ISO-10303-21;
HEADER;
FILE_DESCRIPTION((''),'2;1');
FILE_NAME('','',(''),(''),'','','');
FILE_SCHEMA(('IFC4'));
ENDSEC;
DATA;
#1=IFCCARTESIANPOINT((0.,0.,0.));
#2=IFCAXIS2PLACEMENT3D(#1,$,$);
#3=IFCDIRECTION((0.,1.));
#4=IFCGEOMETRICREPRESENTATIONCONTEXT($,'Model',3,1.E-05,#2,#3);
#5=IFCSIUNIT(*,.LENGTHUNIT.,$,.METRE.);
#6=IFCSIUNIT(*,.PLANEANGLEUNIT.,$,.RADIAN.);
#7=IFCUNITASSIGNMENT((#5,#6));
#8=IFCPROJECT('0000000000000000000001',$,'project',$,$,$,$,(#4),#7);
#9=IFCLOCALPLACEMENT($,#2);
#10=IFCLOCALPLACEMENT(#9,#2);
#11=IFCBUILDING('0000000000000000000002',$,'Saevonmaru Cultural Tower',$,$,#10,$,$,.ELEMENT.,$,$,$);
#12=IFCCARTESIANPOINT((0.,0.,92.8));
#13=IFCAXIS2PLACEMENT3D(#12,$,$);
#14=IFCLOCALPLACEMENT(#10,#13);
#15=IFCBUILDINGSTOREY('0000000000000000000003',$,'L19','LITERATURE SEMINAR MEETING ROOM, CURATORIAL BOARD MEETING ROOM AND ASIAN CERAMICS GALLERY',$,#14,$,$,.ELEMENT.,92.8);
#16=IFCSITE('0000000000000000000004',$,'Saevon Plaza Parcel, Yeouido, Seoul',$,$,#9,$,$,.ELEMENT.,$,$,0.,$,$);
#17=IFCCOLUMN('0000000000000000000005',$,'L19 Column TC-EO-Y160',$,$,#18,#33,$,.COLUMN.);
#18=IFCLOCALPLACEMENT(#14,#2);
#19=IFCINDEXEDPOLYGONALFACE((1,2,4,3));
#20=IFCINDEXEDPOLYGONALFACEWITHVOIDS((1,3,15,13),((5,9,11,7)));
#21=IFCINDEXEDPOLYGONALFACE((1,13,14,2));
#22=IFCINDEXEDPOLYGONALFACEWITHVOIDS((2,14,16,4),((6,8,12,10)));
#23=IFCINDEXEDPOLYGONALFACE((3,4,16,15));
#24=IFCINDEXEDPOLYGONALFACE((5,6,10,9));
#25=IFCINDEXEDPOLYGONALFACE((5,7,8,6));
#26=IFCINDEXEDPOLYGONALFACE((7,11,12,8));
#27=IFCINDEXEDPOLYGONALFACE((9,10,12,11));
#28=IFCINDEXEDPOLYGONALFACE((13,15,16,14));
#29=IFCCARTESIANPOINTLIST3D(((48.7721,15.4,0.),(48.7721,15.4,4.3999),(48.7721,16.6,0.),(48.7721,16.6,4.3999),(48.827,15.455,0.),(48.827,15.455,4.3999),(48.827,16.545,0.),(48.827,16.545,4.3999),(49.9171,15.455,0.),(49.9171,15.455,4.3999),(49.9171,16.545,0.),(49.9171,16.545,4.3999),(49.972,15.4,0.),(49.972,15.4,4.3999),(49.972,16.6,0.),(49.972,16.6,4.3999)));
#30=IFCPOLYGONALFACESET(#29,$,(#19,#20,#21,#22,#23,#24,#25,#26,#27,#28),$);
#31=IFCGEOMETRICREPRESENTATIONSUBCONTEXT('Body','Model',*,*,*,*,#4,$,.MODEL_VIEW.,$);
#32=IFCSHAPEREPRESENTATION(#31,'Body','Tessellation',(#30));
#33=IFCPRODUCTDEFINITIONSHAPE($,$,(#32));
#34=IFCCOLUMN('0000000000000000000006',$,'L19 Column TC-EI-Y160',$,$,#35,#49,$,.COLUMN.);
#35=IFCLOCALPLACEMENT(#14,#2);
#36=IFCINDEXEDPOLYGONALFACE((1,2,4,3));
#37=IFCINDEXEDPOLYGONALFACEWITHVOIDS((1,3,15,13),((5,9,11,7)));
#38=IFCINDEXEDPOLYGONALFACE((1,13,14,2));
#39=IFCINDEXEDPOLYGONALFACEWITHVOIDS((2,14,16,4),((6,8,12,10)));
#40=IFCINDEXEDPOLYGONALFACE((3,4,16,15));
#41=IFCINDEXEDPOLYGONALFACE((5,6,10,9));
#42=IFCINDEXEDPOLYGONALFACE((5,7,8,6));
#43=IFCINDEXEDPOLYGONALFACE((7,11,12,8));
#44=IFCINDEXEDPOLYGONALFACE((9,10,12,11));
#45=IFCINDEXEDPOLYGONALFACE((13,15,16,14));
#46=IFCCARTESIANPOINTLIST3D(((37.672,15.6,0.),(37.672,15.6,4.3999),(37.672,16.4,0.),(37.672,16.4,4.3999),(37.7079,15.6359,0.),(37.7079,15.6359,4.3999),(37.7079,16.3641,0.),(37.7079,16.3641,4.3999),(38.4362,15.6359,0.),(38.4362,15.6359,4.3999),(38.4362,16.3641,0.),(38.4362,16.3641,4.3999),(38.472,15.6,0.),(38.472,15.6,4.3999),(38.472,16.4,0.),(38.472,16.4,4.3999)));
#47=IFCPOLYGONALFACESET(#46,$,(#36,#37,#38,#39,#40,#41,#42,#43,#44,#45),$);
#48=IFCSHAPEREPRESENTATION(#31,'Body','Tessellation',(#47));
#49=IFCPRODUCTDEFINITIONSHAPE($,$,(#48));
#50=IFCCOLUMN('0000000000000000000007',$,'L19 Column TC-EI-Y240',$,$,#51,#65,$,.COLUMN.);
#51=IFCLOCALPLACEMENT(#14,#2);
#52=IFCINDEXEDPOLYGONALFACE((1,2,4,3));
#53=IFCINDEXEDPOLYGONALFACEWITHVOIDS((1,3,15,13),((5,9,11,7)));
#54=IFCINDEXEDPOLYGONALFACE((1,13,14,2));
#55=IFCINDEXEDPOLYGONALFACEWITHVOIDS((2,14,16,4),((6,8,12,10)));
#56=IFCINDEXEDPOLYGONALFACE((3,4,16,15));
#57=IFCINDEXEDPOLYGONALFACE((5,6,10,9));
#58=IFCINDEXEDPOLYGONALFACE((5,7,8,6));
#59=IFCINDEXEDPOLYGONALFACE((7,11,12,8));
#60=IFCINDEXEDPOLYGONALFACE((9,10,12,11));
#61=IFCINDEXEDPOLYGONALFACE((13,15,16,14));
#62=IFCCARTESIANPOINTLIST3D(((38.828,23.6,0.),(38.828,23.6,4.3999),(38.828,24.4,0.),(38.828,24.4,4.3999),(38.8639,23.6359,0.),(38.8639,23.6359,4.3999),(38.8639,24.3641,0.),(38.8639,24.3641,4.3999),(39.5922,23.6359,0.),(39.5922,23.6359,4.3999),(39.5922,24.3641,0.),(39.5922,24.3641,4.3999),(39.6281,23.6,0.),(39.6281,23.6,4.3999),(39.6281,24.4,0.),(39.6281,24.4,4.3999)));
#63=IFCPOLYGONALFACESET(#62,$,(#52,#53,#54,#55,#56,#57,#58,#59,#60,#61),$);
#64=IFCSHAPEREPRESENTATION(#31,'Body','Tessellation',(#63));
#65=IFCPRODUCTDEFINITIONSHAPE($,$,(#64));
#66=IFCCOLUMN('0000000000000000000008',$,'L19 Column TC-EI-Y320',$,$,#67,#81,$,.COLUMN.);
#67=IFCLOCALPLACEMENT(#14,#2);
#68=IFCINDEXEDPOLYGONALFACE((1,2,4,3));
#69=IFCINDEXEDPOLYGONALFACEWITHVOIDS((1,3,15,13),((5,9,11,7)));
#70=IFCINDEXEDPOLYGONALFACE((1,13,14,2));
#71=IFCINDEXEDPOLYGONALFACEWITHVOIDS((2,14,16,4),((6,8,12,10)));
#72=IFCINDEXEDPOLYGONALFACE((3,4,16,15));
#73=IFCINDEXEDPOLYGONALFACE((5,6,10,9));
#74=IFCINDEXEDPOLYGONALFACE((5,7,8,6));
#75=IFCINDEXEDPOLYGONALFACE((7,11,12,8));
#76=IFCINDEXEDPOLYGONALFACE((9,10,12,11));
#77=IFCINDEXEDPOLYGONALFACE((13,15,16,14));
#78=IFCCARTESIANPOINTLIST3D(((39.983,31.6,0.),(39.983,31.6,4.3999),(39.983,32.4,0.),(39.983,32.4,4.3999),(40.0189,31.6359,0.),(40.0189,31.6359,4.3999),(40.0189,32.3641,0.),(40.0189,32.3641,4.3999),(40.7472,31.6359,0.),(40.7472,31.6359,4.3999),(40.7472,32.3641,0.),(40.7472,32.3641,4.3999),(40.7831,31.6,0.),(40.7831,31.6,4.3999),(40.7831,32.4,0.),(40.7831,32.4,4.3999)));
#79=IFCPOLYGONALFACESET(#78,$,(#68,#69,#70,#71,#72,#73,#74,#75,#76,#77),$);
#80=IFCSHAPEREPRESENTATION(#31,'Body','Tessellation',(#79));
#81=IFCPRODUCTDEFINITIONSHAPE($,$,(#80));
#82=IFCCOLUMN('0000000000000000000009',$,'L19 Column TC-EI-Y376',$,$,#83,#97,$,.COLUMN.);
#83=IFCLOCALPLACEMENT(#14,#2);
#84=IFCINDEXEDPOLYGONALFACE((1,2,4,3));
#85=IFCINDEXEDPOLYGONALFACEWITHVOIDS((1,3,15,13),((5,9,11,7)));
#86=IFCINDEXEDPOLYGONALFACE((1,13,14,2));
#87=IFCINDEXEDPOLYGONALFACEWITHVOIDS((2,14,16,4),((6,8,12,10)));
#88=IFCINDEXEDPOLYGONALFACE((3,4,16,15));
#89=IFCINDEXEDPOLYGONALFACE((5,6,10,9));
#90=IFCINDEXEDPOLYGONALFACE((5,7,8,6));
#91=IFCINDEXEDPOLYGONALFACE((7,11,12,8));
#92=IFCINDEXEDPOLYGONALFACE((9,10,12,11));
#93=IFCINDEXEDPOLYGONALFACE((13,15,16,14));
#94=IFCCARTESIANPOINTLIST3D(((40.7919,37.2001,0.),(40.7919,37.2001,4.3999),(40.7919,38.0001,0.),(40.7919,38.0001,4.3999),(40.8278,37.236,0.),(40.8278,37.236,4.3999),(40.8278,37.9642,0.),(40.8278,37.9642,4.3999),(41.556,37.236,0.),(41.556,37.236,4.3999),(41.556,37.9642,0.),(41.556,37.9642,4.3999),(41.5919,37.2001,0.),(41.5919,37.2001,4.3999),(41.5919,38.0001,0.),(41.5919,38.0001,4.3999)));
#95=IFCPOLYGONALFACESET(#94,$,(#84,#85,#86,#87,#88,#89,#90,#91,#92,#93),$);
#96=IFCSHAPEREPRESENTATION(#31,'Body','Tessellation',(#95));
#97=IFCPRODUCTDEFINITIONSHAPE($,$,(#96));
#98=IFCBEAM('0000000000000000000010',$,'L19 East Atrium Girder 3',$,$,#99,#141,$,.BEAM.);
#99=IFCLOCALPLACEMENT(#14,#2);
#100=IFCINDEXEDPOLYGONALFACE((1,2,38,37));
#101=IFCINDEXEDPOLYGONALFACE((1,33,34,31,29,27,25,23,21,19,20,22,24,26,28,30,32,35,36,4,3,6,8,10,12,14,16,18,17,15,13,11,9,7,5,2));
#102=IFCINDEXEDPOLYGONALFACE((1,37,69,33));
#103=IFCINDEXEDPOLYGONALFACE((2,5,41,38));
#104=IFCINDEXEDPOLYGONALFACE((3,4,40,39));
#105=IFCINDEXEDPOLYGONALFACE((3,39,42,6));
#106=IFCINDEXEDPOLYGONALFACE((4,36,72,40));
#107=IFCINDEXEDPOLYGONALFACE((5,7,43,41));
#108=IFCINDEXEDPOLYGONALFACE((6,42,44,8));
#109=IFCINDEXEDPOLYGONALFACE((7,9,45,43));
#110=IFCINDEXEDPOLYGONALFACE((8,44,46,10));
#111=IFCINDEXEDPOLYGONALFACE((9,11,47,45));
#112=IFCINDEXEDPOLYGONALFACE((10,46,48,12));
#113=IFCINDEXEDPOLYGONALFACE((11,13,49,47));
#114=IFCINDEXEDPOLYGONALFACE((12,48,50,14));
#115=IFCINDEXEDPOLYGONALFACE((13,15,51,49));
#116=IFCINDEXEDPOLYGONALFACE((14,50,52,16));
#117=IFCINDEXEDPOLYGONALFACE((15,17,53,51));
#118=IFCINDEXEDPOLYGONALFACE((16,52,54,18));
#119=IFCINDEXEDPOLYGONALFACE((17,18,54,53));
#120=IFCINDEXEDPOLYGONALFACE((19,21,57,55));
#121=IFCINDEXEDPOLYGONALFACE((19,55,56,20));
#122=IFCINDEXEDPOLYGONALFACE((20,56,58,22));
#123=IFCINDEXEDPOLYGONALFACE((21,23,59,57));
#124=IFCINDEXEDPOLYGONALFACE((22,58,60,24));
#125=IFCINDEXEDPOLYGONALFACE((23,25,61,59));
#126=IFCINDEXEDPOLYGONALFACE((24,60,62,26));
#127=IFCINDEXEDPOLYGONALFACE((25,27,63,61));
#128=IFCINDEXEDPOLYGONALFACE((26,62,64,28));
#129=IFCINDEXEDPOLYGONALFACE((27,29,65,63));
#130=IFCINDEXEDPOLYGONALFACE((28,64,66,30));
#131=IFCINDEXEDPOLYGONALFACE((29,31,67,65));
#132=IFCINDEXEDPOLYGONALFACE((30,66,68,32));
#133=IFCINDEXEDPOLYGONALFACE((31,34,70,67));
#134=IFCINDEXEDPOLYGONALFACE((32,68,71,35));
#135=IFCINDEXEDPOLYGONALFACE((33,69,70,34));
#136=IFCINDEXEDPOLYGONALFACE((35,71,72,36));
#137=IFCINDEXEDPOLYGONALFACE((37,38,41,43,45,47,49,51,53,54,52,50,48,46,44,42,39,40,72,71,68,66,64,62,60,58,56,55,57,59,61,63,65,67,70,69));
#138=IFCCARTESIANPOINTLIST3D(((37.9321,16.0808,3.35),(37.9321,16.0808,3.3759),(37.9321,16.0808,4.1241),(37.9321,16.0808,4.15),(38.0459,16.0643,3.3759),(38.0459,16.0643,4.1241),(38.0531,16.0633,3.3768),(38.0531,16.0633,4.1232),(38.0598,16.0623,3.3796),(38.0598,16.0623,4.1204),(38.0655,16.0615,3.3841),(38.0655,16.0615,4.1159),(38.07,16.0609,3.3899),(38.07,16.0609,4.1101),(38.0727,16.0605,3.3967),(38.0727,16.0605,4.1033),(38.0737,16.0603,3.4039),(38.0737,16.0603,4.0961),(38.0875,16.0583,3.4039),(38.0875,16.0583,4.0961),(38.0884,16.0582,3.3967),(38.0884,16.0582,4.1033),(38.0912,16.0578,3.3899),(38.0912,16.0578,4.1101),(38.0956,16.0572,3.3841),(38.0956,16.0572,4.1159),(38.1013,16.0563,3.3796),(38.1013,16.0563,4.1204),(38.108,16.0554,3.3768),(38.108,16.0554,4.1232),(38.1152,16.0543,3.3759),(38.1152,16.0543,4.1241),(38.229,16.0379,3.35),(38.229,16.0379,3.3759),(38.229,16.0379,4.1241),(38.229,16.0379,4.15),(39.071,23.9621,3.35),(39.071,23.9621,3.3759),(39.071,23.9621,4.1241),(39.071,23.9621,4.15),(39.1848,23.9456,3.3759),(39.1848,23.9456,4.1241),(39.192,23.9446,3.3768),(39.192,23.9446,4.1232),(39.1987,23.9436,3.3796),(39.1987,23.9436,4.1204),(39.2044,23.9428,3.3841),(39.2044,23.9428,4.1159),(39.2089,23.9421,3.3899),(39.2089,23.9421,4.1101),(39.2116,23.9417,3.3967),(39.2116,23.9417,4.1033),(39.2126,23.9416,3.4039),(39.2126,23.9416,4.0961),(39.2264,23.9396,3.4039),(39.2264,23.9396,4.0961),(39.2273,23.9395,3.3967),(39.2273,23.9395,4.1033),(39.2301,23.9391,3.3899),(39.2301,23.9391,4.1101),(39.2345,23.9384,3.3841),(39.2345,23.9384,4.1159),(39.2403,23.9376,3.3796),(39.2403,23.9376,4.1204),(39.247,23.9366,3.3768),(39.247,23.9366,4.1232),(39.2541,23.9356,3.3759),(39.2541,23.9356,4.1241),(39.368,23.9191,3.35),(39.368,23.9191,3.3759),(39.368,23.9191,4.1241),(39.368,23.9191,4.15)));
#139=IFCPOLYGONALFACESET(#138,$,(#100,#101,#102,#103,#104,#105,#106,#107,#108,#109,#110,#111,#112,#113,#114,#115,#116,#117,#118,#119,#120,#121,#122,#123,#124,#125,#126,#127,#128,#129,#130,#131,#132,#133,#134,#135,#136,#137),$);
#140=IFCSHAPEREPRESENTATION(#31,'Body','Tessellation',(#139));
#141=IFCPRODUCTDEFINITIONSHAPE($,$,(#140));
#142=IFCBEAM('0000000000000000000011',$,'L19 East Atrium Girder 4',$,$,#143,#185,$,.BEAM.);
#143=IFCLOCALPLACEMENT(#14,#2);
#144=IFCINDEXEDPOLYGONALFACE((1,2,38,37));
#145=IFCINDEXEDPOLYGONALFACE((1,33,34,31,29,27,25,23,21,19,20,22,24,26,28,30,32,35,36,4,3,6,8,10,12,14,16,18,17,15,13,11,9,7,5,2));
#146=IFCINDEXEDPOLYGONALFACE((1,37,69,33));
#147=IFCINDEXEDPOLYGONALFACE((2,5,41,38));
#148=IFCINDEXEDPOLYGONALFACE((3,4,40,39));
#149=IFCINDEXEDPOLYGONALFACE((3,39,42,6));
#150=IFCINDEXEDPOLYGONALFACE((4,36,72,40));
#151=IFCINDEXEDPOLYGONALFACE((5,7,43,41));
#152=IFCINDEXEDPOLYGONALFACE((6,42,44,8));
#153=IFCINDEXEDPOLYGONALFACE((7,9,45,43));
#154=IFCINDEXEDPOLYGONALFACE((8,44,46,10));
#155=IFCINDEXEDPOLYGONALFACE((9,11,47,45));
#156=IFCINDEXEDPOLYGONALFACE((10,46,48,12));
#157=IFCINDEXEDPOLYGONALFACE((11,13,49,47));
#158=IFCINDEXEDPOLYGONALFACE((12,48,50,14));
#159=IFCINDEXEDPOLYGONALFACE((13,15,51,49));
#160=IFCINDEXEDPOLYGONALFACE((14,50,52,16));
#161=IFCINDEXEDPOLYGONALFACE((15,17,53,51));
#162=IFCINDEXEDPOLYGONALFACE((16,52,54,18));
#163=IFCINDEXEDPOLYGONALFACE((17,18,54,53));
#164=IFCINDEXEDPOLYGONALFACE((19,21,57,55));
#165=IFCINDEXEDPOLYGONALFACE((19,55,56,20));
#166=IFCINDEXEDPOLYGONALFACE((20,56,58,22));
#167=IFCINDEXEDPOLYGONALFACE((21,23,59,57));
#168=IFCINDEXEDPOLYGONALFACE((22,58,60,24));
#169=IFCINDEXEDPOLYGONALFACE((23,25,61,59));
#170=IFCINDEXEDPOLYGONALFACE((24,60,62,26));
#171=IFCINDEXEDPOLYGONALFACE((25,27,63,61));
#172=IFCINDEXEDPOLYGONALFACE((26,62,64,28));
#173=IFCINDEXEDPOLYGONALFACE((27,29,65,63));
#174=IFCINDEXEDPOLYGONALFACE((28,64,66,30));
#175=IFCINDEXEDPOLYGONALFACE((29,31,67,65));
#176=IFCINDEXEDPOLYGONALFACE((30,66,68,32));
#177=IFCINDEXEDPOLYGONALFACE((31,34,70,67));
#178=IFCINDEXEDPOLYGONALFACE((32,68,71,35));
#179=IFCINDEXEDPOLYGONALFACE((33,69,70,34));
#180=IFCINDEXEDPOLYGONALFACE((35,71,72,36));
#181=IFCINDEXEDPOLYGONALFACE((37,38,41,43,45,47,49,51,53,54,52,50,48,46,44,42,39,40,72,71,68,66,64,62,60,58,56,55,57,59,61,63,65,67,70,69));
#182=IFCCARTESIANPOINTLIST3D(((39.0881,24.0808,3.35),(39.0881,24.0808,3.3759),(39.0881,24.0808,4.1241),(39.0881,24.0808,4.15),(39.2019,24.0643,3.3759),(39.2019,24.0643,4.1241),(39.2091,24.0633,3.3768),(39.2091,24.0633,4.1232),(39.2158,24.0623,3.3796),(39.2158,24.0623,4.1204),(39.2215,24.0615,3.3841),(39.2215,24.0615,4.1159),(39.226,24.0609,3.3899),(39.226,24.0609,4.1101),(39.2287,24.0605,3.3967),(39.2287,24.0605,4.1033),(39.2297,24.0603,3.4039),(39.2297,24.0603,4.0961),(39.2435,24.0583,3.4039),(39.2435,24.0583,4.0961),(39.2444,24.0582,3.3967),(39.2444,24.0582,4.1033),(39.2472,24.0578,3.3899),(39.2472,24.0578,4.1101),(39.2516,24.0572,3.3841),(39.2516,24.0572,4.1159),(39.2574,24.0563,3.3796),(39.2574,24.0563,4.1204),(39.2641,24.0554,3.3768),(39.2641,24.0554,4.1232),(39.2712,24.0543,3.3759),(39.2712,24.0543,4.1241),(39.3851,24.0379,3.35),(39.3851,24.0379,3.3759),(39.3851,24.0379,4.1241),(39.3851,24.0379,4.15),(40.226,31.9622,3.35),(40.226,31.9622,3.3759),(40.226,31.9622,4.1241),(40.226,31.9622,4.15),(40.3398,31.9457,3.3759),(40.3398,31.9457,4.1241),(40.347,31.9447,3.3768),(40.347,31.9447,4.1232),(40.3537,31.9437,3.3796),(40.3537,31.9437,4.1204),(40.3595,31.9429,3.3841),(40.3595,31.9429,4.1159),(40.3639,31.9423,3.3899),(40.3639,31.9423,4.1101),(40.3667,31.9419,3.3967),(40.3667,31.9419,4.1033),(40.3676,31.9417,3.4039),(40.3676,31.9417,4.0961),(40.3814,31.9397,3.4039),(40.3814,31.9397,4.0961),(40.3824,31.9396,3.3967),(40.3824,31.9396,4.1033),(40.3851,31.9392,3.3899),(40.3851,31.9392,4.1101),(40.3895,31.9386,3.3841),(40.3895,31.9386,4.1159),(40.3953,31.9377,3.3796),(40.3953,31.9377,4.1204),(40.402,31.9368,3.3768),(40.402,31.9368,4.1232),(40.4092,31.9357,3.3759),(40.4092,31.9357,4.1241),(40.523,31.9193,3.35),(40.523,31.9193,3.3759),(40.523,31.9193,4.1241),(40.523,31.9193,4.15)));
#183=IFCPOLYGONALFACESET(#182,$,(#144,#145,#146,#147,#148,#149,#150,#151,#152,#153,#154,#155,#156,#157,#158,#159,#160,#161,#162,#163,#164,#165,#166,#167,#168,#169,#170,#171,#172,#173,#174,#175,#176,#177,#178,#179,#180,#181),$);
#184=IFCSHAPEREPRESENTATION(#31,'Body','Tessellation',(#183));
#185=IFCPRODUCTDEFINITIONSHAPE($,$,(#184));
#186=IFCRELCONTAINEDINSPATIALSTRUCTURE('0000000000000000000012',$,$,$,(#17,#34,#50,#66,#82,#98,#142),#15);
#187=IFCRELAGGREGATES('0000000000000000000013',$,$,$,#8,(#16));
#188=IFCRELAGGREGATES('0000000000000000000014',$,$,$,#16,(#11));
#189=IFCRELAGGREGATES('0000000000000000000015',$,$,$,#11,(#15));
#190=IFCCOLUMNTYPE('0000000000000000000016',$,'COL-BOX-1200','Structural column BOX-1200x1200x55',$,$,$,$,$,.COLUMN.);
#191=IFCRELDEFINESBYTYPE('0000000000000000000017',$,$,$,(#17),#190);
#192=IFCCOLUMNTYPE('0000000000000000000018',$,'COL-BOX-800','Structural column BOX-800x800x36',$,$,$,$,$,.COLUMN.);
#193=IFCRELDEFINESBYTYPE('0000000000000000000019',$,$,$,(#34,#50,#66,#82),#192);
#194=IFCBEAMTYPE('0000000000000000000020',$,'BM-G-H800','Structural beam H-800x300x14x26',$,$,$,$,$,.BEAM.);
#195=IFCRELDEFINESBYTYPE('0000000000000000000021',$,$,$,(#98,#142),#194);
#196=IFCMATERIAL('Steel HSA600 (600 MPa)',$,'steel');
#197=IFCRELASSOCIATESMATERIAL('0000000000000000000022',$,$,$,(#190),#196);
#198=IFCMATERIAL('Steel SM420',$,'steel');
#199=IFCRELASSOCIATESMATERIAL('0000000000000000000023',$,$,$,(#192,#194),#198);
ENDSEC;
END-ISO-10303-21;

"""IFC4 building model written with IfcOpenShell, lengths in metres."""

from ifc_helpers import new_model, si_unit, direction, frame, origin, origin_2d, place, context, subcontext, project, spatial, hollow_rectangle, i_section, extrude, material, material_profile, profile_set, type_object, element, save


model = new_model("IFC4")

# Units and contexts
model_context = context("Model", 3, precision=1e-05, world=origin(), true_north=direction((0.0, 1.0)))
body_context = subcontext(model_context, "Body", "Model", "MODEL_VIEW")
ifc_project = project(units=[si_unit("LENGTHUNIT", "METRE"), si_unit("PLANEANGLEUNIT", "RADIAN")], contexts=[model_context])

# Site, building, storey
site_placement = place(None, origin())
site = spatial("IfcSite", under=ifc_project, at=site_placement, Name="Saevon Plaza Parcel, Yeouido, Seoul", CompositionType="ELEMENT", RefElevation=0.0)
building_placement = place(site_placement, origin())
building = spatial("IfcBuilding", under=site, at=building_placement, Name="Saevonmaru Cultural Tower", CompositionType="ELEMENT")
storey_placement = place(building_placement, frame((0.0, 0.0, 92.8)))
storey = spatial("IfcBuildingStorey", under=building, at=storey_placement, Name="L19", Description="LITERATURE SEMINAR MEETING ROOM, CURATORIAL BOARD MEETING ROOM AND ASIAN CERAMICS GALLERY", CompositionType="ELEMENT", Elevation=92.8)

# Columns
ifc_material_1 = material(Name="Steel HSA600 (600 MPa)", Category="steel")
ifc_material_profile_1 = material_profile(ifc_material_1, hollow_rectangle(XDim=1.2, YDim=1.2, WallThickness=0.0549, at=origin_2d()), Name="BOX-1200x1200x55")
ifc_profile_set_1 = profile_set([ifc_material_profile_1], Name="Steel HSA600 (600 MPa)")
column_type_1 = type_object("IfcColumnType", Name="COL-BOX-1200", Description="Structural column BOX-1200x1200x55", PredefinedType="COLUMN", material=ifc_profile_set_1)
column_placement = place(storey_placement, frame((49.3721, 16.0, 0.0), z_axis=(0.0, 0.0, 1.0), x_axis=(1.0, 0.0, 0.0)))
element("IfcColumn", 1, at=column_placement, inside=storey, type_object=column_type_1, Name="L19 Column TC-EO-Y160", PredefinedType="COLUMN", context=body_context, shape_type="SweptSolid", body=[
    extrude(hollow_rectangle(XDim=1.2, YDim=1.2, WallThickness=0.0549, at=origin_2d()), origin(), (0.0, 0.0, 1.0), 4.3999),
])
ifc_material_2 = material(Name="Steel SM420", Category="steel")
ifc_material_profile_2 = material_profile(ifc_material_2, hollow_rectangle(XDim=0.8, YDim=0.8, WallThickness=0.0359, at=origin_2d()), Name="BOX-800x800x36")
ifc_profile_set_2 = profile_set([ifc_material_profile_2], Name="Steel SM420")
column_type_2 = type_object("IfcColumnType", Name="COL-BOX-800", Description="Structural column BOX-800x800x36", PredefinedType="COLUMN", material=ifc_profile_set_2)
for number, where, z_axis, x_axis, name in (
    (2, (38.072, 16.0, 0.0), (0.0, 0.0, 1.0), (1.0, 0.0, 0.0), "L19 Column TC-EI-Y160"),
    (3, (39.228, 24.0, 0.0), (0.0, 0.0, 1.0), (1.0, 0.0, 0.0), "L19 Column TC-EI-Y240"),
    (4, (40.3831, 32.0, 0.0), (0.0, 0.0, 1.0), (1.0, 0.0, 0.0), "L19 Column TC-EI-Y320"),
    (5, (41.1919, 37.6001, 0.0), (0.0, 0.0, 1.0), (1.0, 0.0, 0.0), "L19 Column TC-EI-Y376"),
):
    element("IfcColumn", number, at=place(storey_placement, frame(where, z_axis=z_axis, x_axis=x_axis)), inside=storey, type_object=column_type_2, Name=name, PredefinedType="COLUMN", context=body_context, shape_type="SweptSolid", body=[
        extrude(hollow_rectangle(XDim=0.8, YDim=0.8, WallThickness=0.0359, at=origin_2d()), origin(), (0.0, 0.0, 1.0), 4.3999),
    ])

# Beams
ifc_material_profile_3 = material_profile(ifc_material_2, i_section(OverallWidth=0.3, OverallDepth=0.8, WebThickness=0.0139, FlangeThickness=0.0259, FilletRadius=0.0281, at=origin_2d()), Name="H-800x300x14x26")
ifc_profile_set_3 = profile_set([ifc_material_profile_3], Name="Steel SM420")
beam_type_1 = type_object("IfcBeamType", Name="BM-G-H800", Description="Structural beam H-800x300x14x26", PredefinedType="BEAM", material=ifc_profile_set_3)
for number, where, z_axis, x_axis, name in (
    (6, (38.0806, 16.0593, 3.75), (0.143022, 0.989719, 0.0), (-0.989719, 0.143022, 0.0), "L19 East Atrium Girder 3"),
    (7, (39.2366, 24.0593, 3.75), (0.142902, 0.989737, 0.0), (-0.989737, 0.142902, 0.0), "L19 East Atrium Girder 4"),
):
    element("IfcBeam", number, at=place(storey_placement, frame(where, z_axis=z_axis, x_axis=x_axis)), inside=storey, type_object=beam_type_1, Name=name, PredefinedType="BEAM", context=body_context, shape_type="SweptSolid", body=[
        extrude(i_section(OverallWidth=0.3, OverallDepth=0.8, WebThickness=0.0139, FlangeThickness=0.0259, FilletRadius=0.0281, at=origin_2d()), origin(), (0.0, 0.0, 1.0), 7.9631),
    ])

save(model, "model.ifc")
